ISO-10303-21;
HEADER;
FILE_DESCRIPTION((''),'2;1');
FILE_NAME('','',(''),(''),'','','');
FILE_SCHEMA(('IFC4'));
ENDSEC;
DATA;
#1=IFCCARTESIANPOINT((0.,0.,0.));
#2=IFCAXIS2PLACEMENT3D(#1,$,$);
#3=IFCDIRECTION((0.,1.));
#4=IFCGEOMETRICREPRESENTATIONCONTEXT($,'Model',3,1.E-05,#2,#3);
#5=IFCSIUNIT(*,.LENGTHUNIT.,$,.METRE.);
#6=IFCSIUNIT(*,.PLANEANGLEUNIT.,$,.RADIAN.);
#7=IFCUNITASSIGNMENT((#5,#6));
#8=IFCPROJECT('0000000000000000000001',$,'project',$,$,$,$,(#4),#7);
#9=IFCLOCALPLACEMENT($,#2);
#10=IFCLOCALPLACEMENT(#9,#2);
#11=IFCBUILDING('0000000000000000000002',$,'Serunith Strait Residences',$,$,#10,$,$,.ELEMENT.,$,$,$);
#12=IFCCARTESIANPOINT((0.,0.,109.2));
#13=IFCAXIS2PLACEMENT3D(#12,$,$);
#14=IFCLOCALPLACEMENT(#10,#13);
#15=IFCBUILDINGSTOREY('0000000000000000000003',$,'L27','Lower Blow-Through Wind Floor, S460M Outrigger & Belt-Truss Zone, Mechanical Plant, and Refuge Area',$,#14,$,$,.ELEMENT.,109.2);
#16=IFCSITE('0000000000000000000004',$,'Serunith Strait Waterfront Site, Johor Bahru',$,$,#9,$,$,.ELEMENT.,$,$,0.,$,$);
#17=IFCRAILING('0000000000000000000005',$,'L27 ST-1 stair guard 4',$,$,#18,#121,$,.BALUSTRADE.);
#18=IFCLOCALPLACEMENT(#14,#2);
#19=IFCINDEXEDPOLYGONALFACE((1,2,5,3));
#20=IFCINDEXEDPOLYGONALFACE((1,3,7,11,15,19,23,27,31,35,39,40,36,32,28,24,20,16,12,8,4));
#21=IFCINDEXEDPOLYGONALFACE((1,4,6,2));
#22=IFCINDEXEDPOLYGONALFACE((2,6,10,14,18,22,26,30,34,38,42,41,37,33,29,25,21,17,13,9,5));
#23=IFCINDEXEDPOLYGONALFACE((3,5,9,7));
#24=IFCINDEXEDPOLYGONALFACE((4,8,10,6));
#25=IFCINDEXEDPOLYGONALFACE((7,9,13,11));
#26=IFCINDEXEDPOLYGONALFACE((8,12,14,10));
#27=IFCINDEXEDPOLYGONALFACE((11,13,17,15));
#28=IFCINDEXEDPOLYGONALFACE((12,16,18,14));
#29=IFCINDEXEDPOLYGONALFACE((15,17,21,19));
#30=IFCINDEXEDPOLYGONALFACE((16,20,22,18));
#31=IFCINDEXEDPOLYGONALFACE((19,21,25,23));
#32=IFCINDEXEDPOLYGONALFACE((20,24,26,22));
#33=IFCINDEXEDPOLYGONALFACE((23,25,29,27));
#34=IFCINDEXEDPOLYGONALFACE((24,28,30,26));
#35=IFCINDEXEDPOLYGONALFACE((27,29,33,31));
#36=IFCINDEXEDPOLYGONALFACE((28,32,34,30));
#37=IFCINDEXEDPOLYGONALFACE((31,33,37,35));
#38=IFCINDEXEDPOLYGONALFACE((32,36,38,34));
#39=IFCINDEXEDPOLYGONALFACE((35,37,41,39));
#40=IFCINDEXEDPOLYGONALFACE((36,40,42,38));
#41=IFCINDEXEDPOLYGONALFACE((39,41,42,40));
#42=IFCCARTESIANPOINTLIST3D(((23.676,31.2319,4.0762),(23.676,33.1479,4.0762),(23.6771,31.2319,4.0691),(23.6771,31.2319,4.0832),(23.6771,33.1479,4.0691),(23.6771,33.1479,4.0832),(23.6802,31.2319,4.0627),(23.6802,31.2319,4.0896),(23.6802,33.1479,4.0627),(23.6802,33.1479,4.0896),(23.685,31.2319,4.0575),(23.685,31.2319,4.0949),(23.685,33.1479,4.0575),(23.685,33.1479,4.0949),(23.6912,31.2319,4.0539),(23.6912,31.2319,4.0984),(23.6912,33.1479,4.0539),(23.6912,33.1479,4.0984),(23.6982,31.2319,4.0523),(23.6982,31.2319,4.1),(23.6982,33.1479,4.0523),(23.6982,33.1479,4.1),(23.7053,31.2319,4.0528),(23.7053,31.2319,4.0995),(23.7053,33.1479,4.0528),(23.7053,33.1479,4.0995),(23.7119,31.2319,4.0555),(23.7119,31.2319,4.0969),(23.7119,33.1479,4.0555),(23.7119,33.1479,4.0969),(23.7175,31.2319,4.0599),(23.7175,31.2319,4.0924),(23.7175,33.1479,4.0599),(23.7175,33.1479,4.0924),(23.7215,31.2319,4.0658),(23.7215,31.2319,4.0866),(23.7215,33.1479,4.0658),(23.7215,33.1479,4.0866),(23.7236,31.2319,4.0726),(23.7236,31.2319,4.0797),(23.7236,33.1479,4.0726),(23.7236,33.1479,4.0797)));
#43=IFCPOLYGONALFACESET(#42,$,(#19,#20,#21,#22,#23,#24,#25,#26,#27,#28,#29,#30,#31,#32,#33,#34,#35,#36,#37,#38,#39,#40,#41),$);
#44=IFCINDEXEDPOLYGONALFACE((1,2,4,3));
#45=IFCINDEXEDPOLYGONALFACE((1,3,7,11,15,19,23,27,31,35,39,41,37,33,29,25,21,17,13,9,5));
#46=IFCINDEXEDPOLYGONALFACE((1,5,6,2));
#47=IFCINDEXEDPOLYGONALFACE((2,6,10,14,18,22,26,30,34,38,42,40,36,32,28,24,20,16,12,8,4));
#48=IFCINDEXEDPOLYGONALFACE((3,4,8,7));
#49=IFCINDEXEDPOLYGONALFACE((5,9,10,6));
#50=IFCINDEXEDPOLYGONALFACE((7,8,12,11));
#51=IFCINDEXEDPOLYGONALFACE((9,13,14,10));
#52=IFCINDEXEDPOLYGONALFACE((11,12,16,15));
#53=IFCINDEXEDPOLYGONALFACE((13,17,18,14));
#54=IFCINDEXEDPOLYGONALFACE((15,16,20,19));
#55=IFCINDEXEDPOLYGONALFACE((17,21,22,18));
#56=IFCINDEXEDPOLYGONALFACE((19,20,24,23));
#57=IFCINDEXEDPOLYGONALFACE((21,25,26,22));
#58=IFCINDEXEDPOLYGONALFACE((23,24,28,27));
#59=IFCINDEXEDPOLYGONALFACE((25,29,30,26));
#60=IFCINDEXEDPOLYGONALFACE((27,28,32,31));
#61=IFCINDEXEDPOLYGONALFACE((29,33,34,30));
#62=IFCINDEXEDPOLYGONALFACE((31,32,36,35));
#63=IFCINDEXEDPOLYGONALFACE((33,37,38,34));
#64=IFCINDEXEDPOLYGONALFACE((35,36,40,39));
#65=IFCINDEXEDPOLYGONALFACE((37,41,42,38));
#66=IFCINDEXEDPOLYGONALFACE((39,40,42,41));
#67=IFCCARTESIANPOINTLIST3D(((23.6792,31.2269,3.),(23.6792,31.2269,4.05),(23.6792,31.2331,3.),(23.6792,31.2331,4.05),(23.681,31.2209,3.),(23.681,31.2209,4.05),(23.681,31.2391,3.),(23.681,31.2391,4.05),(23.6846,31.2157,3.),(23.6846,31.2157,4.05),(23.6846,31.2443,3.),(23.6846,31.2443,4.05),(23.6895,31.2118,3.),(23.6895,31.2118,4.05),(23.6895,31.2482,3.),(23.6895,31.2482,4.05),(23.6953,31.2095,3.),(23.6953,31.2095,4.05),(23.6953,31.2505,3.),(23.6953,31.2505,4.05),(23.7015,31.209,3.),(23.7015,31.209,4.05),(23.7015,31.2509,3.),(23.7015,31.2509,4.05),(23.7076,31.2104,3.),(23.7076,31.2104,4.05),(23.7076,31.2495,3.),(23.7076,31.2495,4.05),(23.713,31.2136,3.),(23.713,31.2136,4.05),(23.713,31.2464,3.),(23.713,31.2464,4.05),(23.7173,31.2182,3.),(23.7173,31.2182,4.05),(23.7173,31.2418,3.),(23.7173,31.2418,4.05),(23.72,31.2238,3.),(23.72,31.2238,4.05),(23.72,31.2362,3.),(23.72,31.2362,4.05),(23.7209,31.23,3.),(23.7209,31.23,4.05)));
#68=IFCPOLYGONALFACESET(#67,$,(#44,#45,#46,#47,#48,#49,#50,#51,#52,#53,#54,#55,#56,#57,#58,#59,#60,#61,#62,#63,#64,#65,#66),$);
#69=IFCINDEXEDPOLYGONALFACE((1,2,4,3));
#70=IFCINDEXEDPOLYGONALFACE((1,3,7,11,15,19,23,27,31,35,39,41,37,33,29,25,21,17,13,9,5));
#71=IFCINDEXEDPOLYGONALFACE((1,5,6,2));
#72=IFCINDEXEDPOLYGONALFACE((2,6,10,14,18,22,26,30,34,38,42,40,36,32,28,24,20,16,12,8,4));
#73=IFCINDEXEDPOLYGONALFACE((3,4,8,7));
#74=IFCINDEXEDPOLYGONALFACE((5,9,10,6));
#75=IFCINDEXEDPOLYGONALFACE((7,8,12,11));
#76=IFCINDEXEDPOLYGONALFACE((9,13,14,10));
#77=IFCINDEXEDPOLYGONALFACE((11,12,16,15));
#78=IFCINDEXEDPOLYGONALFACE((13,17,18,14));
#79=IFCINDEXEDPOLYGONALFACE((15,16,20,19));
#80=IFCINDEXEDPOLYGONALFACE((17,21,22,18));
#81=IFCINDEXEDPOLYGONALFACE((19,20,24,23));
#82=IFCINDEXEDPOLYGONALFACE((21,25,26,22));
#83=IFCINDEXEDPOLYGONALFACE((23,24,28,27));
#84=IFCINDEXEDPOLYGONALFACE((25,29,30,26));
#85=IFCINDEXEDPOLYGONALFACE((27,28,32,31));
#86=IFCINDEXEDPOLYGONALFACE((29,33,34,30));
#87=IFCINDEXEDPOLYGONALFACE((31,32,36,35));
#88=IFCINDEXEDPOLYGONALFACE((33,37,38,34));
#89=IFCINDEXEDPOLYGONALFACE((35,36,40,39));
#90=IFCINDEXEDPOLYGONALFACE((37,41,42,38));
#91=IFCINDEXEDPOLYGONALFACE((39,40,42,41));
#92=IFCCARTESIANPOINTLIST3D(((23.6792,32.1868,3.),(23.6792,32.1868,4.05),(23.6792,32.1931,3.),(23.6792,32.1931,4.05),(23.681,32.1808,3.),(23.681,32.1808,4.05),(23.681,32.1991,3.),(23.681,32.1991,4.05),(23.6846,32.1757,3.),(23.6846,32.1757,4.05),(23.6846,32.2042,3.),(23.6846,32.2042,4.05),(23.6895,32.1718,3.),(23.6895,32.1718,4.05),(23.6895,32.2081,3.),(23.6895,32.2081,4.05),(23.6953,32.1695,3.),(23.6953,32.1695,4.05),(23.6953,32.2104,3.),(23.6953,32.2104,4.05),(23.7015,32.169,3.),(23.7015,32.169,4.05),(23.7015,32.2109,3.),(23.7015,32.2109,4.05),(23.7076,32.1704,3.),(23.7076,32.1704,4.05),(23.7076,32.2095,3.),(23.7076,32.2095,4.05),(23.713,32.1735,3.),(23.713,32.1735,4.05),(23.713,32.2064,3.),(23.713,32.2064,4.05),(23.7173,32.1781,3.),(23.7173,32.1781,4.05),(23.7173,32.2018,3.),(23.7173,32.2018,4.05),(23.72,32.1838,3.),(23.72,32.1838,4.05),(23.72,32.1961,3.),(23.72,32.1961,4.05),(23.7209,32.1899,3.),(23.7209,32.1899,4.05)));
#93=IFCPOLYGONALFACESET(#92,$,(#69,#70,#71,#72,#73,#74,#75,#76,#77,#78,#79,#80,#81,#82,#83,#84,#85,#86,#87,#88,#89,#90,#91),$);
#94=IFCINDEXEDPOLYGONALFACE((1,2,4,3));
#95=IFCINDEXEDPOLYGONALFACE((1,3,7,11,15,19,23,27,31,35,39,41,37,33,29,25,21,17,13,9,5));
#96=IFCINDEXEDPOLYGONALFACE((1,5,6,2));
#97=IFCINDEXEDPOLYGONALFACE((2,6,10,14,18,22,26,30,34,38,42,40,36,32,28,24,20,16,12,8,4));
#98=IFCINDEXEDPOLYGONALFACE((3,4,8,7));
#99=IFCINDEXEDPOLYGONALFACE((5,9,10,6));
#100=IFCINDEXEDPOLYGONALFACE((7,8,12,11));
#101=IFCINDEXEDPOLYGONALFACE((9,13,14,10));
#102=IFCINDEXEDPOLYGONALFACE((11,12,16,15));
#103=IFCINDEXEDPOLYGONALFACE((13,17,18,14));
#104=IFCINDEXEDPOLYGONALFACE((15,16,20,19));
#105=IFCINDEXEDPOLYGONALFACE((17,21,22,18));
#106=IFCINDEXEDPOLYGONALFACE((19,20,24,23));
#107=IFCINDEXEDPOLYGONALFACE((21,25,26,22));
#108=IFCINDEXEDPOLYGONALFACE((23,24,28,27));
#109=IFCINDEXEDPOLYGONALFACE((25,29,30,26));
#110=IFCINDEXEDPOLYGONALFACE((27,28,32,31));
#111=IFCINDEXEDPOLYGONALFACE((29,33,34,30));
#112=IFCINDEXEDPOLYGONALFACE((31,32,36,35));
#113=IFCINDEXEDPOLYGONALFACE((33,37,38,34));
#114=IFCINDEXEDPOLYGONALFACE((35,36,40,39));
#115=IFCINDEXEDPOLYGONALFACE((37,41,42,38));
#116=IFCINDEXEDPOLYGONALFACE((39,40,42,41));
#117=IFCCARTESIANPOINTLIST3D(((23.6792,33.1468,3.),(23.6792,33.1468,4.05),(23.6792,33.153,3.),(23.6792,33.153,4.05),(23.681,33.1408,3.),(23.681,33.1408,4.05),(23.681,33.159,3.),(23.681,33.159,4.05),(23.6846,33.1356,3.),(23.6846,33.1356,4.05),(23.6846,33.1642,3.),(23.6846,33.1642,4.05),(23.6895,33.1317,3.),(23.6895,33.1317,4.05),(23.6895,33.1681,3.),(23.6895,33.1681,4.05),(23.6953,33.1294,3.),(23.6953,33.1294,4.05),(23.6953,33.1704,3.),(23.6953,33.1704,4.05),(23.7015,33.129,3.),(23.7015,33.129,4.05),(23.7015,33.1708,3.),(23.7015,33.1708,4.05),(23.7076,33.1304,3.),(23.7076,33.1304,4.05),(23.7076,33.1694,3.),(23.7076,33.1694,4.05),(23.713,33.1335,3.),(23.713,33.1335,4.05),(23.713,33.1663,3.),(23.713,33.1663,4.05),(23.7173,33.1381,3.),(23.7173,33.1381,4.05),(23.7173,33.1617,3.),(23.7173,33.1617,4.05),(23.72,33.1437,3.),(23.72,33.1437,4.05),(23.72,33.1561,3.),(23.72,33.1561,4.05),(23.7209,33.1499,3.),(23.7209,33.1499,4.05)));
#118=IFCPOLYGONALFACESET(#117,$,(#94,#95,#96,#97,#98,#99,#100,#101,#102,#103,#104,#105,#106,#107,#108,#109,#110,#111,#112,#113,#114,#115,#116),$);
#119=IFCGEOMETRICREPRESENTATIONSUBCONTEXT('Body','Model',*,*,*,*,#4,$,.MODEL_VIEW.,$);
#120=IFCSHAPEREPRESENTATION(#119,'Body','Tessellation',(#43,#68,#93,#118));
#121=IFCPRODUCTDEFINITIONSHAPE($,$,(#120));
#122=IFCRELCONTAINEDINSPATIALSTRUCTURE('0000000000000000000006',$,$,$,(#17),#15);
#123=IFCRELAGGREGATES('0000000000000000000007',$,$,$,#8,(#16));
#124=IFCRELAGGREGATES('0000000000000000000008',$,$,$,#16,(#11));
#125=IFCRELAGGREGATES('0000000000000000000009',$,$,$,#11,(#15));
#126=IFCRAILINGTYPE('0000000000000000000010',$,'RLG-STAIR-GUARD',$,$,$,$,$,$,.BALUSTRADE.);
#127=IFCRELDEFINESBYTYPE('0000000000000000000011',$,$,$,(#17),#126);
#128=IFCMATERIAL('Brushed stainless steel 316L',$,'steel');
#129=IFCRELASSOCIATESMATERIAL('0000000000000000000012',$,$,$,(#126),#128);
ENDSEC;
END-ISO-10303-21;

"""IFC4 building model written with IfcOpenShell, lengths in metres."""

from ifc_helpers import new_model, si_unit, direction, frame, origin, origin_2d, place, context, subcontext, project, spatial, circle, extrude, material, type_object, element, save


model = new_model("IFC4")

# Units and contexts
model_context = context("Model", 3, precision=1e-05, world=origin(), true_north=direction((0.0, 1.0)))
body_context = subcontext(model_context, "Body", "Model", "MODEL_VIEW")
ifc_project = project(units=[si_unit("LENGTHUNIT", "METRE"), si_unit("PLANEANGLEUNIT", "RADIAN")], contexts=[model_context])

# Site, building, storey
site_placement = place(None, origin())
site = spatial("IfcSite", under=ifc_project, at=site_placement, Name="Serunith Strait Waterfront Site, Johor Bahru", CompositionType="ELEMENT", RefElevation=0.0)
building_placement = place(site_placement, origin())
building = spatial("IfcBuilding", under=site, at=building_placement, Name="Serunith Strait Residences", CompositionType="ELEMENT")
storey_placement = place(building_placement, frame((0.0, 0.0, 109.2)))
storey = spatial("IfcBuildingStorey", under=building, at=storey_placement, Name="L27", Description="Lower Blow-Through Wind Floor, S460M Outrigger & Belt-Truss Zone, Mechanical Plant, and Refuge Area", CompositionType="ELEMENT", Elevation=109.2)

# Railing
ifc_material_1 = material(Name="Brushed stainless steel 316L", Category="steel")
railing_type_1 = type_object("IfcRailingType", Name="RLG-STAIR-GUARD", PredefinedType="BALUSTRADE", material=ifc_material_1)
for number, where, name in (
    (1, (23.7, 31.23, 3.0), "L27 ST-1 stair guard 4"),
):
    element("IfcRailing", number, at=place(storey_placement, frame(where)), inside=storey, type_object=railing_type_1, Name=name, PredefinedType="BALUSTRADE", context=body_context, shape_type="SweptSolid", body=[
        extrude(circle(Radius=0.0239, at=origin_2d()), frame((0.0, 0.002, 1.0762), z_axis=(0.0, 1.0, 0.0), x_axis=(-1.0, 0.0, 0.0)), (0.0, 0.0, 1.0), 1.916),
        extrude(circle(Radius=0.021, at=origin_2d()), origin(), (0.0, 0.0, 1.0), 1.05),
        extrude(circle(Radius=0.021, at=origin_2d()), frame((0.0, 0.96, 0.0)), (0.0, 0.0, 1.0), 1.05),
        extrude(circle(Radius=0.021, at=origin_2d()), frame((0.0, 1.9199, 0.0)), (0.0, 0.0, 1.0), 1.05),
    ])

save(model, "model.ifc")
